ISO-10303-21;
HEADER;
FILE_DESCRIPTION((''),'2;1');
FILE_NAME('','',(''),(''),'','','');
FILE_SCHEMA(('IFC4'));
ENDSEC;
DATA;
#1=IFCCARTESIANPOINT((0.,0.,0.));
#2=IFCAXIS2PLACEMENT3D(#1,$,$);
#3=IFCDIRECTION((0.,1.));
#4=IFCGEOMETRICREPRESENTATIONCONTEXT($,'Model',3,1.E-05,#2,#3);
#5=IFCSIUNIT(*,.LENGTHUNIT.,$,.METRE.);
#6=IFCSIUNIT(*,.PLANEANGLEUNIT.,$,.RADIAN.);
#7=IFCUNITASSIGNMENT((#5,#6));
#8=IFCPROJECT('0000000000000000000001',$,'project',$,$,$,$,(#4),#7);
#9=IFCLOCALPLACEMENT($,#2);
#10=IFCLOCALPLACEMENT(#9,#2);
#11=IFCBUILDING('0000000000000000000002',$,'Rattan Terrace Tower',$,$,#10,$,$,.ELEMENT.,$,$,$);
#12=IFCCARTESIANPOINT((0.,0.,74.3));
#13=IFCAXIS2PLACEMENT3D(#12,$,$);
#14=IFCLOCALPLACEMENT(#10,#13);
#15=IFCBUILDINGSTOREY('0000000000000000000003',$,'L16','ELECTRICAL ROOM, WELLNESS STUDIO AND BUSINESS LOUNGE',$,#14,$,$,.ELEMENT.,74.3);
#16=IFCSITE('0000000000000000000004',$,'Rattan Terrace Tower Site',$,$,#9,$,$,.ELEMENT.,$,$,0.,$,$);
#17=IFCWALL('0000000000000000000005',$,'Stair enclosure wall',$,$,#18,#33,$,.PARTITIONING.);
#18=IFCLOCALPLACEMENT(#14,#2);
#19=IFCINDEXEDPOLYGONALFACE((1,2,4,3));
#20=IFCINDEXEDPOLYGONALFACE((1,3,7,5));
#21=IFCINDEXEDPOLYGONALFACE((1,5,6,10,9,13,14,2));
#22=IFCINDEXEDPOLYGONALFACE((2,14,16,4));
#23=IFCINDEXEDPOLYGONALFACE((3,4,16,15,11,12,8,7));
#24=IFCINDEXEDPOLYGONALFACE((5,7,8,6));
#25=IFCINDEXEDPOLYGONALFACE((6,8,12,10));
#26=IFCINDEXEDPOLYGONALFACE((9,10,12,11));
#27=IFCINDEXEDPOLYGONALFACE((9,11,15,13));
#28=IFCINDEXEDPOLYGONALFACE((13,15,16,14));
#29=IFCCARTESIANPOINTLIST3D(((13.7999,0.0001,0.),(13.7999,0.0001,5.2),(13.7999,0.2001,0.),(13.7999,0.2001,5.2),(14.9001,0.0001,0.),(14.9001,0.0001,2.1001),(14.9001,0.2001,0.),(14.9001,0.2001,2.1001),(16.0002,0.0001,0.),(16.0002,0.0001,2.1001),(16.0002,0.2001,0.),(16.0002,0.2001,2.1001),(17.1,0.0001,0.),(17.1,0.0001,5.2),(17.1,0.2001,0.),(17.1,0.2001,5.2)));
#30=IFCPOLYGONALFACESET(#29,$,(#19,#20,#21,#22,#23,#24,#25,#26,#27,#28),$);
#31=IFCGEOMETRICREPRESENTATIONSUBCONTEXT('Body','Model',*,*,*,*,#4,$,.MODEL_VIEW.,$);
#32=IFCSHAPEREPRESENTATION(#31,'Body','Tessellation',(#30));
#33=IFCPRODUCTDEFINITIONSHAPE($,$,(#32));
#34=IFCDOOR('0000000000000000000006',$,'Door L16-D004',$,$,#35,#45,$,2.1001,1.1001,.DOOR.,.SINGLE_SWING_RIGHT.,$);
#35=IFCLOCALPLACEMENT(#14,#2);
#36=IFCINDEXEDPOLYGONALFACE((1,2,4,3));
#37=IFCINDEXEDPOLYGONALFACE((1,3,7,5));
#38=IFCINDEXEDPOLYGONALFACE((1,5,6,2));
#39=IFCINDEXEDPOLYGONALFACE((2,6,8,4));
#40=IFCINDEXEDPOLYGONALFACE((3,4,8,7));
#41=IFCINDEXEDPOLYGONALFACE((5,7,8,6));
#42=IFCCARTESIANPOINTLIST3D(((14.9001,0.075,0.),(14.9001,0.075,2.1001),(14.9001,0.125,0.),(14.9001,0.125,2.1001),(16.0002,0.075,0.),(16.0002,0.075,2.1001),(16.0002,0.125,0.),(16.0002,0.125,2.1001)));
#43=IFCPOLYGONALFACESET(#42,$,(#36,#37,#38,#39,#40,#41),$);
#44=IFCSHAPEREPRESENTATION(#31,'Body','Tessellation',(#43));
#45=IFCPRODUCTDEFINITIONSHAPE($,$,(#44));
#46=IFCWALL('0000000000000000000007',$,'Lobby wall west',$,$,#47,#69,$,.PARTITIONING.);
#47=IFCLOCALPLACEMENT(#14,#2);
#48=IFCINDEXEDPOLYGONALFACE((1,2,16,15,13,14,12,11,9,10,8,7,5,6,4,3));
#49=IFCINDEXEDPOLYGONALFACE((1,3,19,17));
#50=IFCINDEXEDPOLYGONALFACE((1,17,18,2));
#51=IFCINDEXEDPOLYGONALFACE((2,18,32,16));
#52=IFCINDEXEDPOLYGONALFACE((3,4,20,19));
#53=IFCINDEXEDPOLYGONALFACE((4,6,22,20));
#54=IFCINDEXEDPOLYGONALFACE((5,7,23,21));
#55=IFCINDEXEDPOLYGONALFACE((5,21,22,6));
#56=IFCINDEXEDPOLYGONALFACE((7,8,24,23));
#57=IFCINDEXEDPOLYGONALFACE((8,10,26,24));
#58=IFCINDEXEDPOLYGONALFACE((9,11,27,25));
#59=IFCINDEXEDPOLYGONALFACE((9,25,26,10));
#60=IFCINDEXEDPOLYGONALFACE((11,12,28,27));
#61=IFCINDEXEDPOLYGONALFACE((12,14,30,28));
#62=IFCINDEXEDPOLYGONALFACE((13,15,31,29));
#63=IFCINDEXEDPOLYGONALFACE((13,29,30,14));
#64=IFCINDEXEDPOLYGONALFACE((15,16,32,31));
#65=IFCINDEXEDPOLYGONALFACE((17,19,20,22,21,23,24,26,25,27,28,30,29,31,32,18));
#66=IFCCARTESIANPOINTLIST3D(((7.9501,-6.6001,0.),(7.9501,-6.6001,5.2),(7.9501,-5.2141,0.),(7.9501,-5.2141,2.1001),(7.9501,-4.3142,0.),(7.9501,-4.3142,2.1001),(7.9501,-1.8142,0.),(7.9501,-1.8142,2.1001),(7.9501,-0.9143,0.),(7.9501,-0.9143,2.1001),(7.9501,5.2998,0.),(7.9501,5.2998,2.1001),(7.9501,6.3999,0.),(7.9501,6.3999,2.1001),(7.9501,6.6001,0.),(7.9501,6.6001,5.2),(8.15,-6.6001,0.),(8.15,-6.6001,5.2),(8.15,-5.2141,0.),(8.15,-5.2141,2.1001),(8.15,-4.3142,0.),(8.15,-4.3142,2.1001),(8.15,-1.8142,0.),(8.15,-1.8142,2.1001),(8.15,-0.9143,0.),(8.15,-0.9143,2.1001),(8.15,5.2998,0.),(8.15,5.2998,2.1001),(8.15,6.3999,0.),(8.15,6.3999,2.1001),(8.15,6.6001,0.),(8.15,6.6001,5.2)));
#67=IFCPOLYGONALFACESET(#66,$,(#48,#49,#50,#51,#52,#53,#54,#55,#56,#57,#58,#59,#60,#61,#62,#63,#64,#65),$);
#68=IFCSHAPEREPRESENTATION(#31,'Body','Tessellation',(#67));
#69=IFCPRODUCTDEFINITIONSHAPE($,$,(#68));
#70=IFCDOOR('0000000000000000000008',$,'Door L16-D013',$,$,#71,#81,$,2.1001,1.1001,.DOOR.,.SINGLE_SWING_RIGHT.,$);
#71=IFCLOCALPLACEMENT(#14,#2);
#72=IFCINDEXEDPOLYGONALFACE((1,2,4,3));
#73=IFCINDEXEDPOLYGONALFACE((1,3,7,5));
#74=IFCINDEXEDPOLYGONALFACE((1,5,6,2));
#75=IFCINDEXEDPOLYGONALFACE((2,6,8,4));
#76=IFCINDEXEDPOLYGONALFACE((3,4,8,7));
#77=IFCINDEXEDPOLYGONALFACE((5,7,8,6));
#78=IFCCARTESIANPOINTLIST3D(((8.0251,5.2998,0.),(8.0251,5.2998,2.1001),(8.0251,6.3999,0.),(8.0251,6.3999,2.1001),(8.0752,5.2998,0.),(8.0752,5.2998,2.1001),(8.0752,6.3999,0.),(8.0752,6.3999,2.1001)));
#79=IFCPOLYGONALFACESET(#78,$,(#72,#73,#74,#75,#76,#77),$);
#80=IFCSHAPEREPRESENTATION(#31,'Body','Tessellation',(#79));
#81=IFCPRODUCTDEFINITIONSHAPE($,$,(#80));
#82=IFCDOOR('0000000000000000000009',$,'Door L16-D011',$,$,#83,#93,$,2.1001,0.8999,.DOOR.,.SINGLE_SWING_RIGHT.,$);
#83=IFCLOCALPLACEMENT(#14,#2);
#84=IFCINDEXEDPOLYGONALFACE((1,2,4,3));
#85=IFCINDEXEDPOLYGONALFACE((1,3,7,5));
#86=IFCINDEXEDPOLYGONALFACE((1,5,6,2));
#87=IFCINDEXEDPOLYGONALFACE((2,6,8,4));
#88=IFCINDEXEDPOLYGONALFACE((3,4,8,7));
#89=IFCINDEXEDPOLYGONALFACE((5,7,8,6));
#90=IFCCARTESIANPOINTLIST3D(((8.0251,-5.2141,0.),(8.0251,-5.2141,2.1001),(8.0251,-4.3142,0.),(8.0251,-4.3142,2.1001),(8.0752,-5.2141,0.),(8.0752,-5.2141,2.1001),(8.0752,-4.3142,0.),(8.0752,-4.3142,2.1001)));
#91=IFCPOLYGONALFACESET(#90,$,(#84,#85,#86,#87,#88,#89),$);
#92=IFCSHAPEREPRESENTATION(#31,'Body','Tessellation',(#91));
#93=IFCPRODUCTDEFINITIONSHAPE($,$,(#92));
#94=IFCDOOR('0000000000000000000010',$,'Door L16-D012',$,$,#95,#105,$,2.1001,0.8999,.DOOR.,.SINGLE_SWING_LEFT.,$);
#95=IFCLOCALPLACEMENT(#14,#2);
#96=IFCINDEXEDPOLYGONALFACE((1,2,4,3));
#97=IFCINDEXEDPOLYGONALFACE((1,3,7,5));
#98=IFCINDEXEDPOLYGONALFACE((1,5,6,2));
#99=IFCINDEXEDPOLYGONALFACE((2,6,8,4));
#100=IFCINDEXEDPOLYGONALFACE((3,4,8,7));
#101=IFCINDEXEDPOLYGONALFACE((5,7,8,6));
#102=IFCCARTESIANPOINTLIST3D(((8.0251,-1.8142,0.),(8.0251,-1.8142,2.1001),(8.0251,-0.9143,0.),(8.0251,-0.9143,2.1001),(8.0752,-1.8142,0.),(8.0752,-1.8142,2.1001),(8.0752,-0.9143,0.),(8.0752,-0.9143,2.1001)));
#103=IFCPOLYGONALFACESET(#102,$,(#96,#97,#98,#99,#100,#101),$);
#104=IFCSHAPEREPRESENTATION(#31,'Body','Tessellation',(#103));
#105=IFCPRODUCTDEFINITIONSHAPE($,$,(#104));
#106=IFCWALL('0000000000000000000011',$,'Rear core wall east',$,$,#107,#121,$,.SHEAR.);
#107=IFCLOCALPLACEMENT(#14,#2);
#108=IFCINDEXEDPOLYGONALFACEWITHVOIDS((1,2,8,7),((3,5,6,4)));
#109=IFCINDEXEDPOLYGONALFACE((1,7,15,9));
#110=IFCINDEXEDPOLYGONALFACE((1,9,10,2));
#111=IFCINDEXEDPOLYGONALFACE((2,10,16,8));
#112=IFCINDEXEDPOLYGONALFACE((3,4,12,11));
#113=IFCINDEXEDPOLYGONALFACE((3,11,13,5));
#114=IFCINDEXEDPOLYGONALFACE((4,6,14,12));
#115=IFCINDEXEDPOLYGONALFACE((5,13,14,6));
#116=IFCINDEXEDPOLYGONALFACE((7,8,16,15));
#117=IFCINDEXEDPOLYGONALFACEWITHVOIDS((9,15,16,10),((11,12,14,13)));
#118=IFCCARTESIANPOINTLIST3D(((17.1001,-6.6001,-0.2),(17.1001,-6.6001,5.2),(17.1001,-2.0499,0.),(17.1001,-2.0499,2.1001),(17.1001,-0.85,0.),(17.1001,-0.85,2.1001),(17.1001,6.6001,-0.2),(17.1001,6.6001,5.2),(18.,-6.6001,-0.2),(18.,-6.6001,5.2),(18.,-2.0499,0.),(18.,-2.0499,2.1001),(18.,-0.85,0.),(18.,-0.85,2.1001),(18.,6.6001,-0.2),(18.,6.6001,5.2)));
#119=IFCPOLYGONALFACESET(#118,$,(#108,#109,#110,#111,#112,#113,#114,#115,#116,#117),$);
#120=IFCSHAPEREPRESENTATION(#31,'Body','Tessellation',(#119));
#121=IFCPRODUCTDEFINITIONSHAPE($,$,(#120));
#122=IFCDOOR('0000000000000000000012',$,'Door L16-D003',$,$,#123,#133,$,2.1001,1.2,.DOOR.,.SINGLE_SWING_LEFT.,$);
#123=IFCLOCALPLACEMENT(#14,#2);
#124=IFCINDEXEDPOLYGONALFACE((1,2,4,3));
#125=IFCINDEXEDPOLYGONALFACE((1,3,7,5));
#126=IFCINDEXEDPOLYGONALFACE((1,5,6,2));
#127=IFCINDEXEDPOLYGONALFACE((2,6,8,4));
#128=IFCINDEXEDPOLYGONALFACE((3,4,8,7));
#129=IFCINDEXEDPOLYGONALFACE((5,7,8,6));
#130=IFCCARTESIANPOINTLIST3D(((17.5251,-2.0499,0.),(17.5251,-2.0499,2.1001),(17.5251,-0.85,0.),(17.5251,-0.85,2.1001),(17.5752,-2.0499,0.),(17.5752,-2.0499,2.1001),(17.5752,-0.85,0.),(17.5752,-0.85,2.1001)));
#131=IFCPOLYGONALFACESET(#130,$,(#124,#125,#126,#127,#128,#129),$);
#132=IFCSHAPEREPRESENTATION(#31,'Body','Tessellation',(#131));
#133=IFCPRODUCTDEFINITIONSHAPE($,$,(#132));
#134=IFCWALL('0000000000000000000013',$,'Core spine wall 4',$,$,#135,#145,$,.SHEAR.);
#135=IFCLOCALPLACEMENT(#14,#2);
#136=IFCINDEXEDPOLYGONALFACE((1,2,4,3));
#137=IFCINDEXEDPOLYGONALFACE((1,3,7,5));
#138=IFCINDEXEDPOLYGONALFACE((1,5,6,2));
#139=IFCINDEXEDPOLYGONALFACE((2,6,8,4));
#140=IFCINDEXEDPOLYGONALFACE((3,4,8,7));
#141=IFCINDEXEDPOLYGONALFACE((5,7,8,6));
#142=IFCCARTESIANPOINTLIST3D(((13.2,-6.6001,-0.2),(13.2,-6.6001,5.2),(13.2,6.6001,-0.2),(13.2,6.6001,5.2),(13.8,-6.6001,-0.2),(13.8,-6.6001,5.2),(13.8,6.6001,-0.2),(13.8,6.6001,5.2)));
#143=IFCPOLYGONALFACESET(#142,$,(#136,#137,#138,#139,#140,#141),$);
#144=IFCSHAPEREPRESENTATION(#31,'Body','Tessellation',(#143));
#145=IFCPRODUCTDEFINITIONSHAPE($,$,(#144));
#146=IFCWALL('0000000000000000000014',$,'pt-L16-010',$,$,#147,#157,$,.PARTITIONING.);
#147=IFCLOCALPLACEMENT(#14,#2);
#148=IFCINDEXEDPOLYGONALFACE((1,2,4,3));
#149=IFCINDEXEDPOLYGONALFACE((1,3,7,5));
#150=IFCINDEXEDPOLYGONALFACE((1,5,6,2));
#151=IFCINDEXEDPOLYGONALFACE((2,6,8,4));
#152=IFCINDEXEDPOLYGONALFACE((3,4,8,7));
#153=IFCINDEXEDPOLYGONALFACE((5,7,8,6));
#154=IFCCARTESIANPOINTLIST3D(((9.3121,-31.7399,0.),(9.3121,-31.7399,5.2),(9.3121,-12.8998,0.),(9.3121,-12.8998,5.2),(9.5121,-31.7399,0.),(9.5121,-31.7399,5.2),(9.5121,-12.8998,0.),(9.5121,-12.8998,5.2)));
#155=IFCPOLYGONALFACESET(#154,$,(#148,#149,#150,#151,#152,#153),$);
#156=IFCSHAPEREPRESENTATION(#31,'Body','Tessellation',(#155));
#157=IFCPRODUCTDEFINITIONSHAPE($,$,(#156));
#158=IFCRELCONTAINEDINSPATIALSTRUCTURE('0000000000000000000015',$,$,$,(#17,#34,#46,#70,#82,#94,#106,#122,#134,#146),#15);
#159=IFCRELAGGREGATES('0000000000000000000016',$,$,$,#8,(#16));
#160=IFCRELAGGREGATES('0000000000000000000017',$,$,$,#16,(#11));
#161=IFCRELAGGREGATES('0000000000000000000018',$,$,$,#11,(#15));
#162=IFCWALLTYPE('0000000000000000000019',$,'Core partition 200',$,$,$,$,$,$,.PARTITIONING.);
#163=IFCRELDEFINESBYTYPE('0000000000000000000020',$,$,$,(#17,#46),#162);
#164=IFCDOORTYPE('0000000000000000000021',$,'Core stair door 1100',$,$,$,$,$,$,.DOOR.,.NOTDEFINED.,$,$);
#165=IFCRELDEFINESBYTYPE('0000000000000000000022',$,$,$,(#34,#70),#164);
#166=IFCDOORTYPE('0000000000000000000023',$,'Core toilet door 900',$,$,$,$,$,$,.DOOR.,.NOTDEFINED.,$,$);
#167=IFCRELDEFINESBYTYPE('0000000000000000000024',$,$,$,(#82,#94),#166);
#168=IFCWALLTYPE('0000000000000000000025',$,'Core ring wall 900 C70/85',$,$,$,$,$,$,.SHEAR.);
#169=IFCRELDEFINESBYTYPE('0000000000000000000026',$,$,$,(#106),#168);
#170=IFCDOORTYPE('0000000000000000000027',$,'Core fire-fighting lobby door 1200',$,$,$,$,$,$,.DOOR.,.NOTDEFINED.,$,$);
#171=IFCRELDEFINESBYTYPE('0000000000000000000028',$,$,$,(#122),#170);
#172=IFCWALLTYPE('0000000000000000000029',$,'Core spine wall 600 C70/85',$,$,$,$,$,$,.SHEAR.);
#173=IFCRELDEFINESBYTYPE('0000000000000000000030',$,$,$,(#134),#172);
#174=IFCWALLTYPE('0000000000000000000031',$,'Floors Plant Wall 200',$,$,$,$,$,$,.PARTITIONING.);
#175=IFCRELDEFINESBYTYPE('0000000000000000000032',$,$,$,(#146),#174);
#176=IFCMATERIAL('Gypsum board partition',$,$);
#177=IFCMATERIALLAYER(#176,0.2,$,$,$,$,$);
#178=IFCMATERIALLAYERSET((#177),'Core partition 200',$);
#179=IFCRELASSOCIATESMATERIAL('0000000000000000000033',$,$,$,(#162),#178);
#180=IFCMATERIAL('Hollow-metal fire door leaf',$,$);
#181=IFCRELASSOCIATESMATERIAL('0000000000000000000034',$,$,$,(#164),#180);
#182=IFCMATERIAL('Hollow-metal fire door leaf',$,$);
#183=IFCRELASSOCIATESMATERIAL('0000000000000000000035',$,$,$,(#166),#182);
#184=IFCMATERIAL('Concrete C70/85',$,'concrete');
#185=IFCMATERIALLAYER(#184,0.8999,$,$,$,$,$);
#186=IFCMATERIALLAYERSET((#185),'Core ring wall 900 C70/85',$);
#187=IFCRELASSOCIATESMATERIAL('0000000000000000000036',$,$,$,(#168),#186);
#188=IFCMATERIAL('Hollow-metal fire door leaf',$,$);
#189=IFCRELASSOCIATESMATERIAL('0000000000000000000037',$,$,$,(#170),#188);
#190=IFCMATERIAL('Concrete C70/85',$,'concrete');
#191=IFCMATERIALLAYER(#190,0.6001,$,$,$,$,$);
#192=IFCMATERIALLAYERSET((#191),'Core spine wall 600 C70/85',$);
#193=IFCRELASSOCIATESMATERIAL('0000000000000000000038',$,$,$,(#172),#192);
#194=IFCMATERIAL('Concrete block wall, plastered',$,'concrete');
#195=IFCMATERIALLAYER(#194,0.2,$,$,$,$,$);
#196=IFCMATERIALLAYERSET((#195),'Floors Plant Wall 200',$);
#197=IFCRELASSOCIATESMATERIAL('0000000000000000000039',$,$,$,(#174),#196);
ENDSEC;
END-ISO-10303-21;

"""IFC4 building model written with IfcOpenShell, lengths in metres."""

from ifc_helpers import new_model, si_unit, direction, frame, frame_2d, origin, place, context, subcontext, project, spatial, rectangle, extrude, material, layer, layer_set, type_object, element, fill, save


model = new_model("IFC4")

# Units and contexts
model_context = context("Model", 3, precision=1e-05, world=origin(), true_north=direction((0.0, 1.0)))
body_context = subcontext(model_context, "Body", "Model", "MODEL_VIEW")
ifc_project = project(units=[si_unit("LENGTHUNIT", "METRE"), si_unit("PLANEANGLEUNIT", "RADIAN")], contexts=[model_context])

# Site, building, storey
site_placement = place(None, origin())
site = spatial("IfcSite", under=ifc_project, at=site_placement, Name="Rattan Terrace Tower Site", CompositionType="ELEMENT", RefElevation=0.0)
building_placement = place(site_placement, origin())
building = spatial("IfcBuilding", under=site, at=building_placement, Name="Rattan Terrace Tower", CompositionType="ELEMENT")
storey_placement = place(building_placement, frame((0.0, 0.0, 74.3)))
storey = spatial("IfcBuildingStorey", under=building, at=storey_placement, Name="L16", Description="ELECTRICAL ROOM, WELLNESS STUDIO AND BUSINESS LOUNGE", CompositionType="ELEMENT", Elevation=74.3)

# Wall, opening, door
ifc_material_1 = material(Name="Gypsum board partition")
ifc_layer_1 = layer(ifc_material_1, 0.2)
ifc_layer_set_1 = layer_set([ifc_layer_1], Name="Core partition 200")
wall_type_1 = type_object("IfcWallType", Name="Core partition 200", PredefinedType="PARTITIONING", material=ifc_layer_set_1)
wall_1_placement = place(storey_placement, frame((13.8, 0.1001, 0.0), z_axis=(0.0, 0.0, 1.0), x_axis=(1.0, 0.0, 0.0)))
wall_1 = element("IfcWall", 1, at=wall_1_placement, inside=storey, type_object=wall_type_1, Name="Stair enclosure wall", PredefinedType="PARTITIONING", context=body_context, shape_type="SweptSolid", body=[
    extrude(rectangle(XDim=3.3, YDim=0.2, at=frame_2d((1.6499, 0.0))), origin(), (0.0, 0.0, 1.0), 5.2),
])
opening_1_placement = place(wall_1_placement, frame((1.1001, 0.0, 0.0)))
opening_1 = element("IfcOpeningElement", 2, at=opening_1_placement, cuts=wall_1, PredefinedType="OPENING", context=body_context, shape_type="SweptSolid", body=[
    extrude(rectangle(XDim=1.1001, YDim=2.1001, at=frame_2d((0.55, 1.05))), frame((0.0, 0.1106, 0.0), z_axis=(0.0, -1.0, 0.0), x_axis=(1.0, 0.0, 0.0)), (0.0, 0.0, 1.0), 0.2209),
])
ifc_material_2 = material(Name="Hollow-metal fire door leaf")
door_type_1 = type_object("IfcDoorType", Name="Core stair door 1100", OperationType="NOTDEFINED", PredefinedType="DOOR", material=ifc_material_2)
door_1_placement = place(opening_1_placement, origin())
door_1 = element("IfcDoor", 3, at=door_1_placement, inside=storey, type_object=door_type_1, Name="Door L16-D004", OperationType="SINGLE_SWING_RIGHT", OverallHeight=2.1001, OverallWidth=1.1001, PredefinedType="DOOR", context=body_context, shape_type="SweptSolid", body=[
    extrude(rectangle(XDim=1.1001, YDim=2.1001, at=frame_2d((0.55, 1.05))), frame((0.0, 0.0249, 0.0), z_axis=(0.0, -1.0, 0.0), x_axis=(1.0, 0.0, 0.0)), (0.0, 0.0, 1.0), 0.05),
])
fill(opening_1, door_1)

# Wall, openings, doors
wall_2_placement = place(storey_placement, frame((8.05, -6.6001, 0.0), z_axis=(0.0, 0.0, 1.0), x_axis=(0.0, 1.0, 0.0)))
wall_2 = element("IfcWall", 4, at=wall_2_placement, inside=storey, type_object=wall_type_1, Name="Lobby wall west", PredefinedType="PARTITIONING", context=body_context, shape_type="SweptSolid", body=[
    extrude(rectangle(XDim=13.2002, YDim=0.2, at=frame_2d((6.6001, 0.0))), origin(), (0.0, 0.0, 1.0), 5.2),
])
opening_2_placement = place(wall_2_placement, frame((1.386, 0.0, 0.0)))
opening_2 = element("IfcOpeningElement", 5, at=opening_2_placement, cuts=wall_2, PredefinedType="OPENING", context=body_context, shape_type="SweptSolid", body=[
    extrude(rectangle(XDim=0.8999, YDim=2.1001, at=frame_2d((0.45, 1.05))), frame((0.0, 0.1106, 0.0), z_axis=(0.0, -1.0, 0.0), x_axis=(1.0, 0.0, 0.0)), (0.0, 0.0, 1.0), 0.2209),
])
opening_3_placement = place(wall_2_placement, frame((4.7859, 0.0, 0.0)))
opening_3 = element("IfcOpeningElement", 6, at=opening_3_placement, cuts=wall_2, PredefinedType="OPENING", context=body_context, shape_type="SweptSolid", body=[
    extrude(rectangle(XDim=0.8999, YDim=2.1001, at=frame_2d((0.45, 1.05))), frame((0.0, 0.1106, 0.0), z_axis=(0.0, -1.0, 0.0), x_axis=(1.0, 0.0, 0.0)), (0.0, 0.0, 1.0), 0.2209),
])
opening_4_placement = place(wall_2_placement, frame((11.8999, 0.0, 0.0)))
opening_4 = element("IfcOpeningElement", 7, at=opening_4_placement, cuts=wall_2, PredefinedType="OPENING", context=body_context, shape_type="SweptSolid", body=[
    extrude(rectangle(XDim=1.1001, YDim=2.1001, at=frame_2d((0.55, 1.05))), frame((0.0, 0.1106, 0.0), z_axis=(0.0, -1.0, 0.0), x_axis=(1.0, 0.0, 0.0)), (0.0, 0.0, 1.0), 0.2209),
])
door_2_placement = place(opening_4_placement, origin())
door_2 = element("IfcDoor", 8, at=door_2_placement, inside=storey, type_object=door_type_1, Name="Door L16-D013", OperationType="SINGLE_SWING_RIGHT", OverallHeight=2.1001, OverallWidth=1.1001, PredefinedType="DOOR", context=body_context, shape_type="SweptSolid", body=[
    extrude(rectangle(XDim=1.1001, YDim=2.1001, at=frame_2d((0.55, 1.05))), frame((0.0, 0.0249, 0.0), z_axis=(0.0, -1.0, 0.0), x_axis=(1.0, 0.0, 0.0)), (0.0, 0.0, 1.0), 0.05),
])
fill(opening_4, door_2)
ifc_material_3 = material(Name="Hollow-metal fire door leaf")
door_type_2 = type_object("IfcDoorType", Name="Core toilet door 900", OperationType="NOTDEFINED", PredefinedType="DOOR", material=ifc_material_3)
door_3_placement = place(opening_2_placement, origin())
door_3 = element("IfcDoor", 9, at=door_3_placement, inside=storey, type_object=door_type_2, Name="Door L16-D011", OperationType="SINGLE_SWING_RIGHT", OverallHeight=2.1001, OverallWidth=0.8999, PredefinedType="DOOR", context=body_context, shape_type="SweptSolid", body=[
    extrude(rectangle(XDim=0.8999, YDim=2.1001, at=frame_2d((0.45, 1.05))), frame((0.0, 0.0249, 0.0), z_axis=(0.0, -1.0, 0.0), x_axis=(1.0, 0.0, 0.0)), (0.0, 0.0, 1.0), 0.05),
])
fill(opening_2, door_3)
door_4_placement = place(opening_3_placement, origin())
door_4 = element("IfcDoor", 10, at=door_4_placement, inside=storey, type_object=door_type_2, Name="Door L16-D012", OperationType="SINGLE_SWING_LEFT", OverallHeight=2.1001, OverallWidth=0.8999, PredefinedType="DOOR", context=body_context, shape_type="SweptSolid", body=[
    extrude(rectangle(XDim=0.8999, YDim=2.1001, at=frame_2d((0.45, 1.05))), frame((0.0, 0.0249, 0.0), z_axis=(0.0, -1.0, 0.0), x_axis=(1.0, 0.0, 0.0)), (0.0, 0.0, 1.0), 0.05),
])
fill(opening_3, door_4)

# Wall, opening, door
ifc_material_4 = material(Name="Concrete C70/85", Category="concrete")
ifc_layer_2 = layer(ifc_material_4, 0.8999)
ifc_layer_set_2 = layer_set([ifc_layer_2], Name="Core ring wall 900 C70/85")
wall_type_2 = type_object("IfcWallType", Name="Core ring wall 900 C70/85", PredefinedType="SHEAR", material=ifc_layer_set_2)
wall_3_placement = place(storey_placement, frame((17.55, -6.6001, -0.2), z_axis=(0.0, 0.0, 1.0), x_axis=(0.0, 1.0, 0.0)))
wall_3 = element("IfcWall", 11, at=wall_3_placement, inside=storey, type_object=wall_type_2, Name="Rear core wall east", PredefinedType="SHEAR", context=body_context, shape_type="SweptSolid", body=[
    extrude(rectangle(XDim=13.2002, YDim=0.8999, at=frame_2d((6.6001, 0.0))), origin(), (0.0, 0.0, 1.0), 5.3999),
])
opening_5_placement = place(wall_3_placement, frame((4.55, 0.0, 0.2)))
opening_5 = element("IfcOpeningElement", 12, at=opening_5_placement, cuts=wall_3, PredefinedType="OPENING", context=body_context, shape_type="SweptSolid", body=[
    extrude(rectangle(XDim=1.2, YDim=2.1001, at=frame_2d((0.6001, 1.05))), frame((0.0, 0.4604, 0.0), z_axis=(0.0, -1.0, 0.0), x_axis=(1.0, 0.0, 0.0)), (0.0, 0.0, 1.0), 0.9209),
])
ifc_material_5 = material(Name="Hollow-metal fire door leaf")
door_type_3 = type_object("IfcDoorType", Name="Core fire-fighting lobby door 1200", OperationType="NOTDEFINED", PredefinedType="DOOR", material=ifc_material_5)
door_5_placement = place(opening_5_placement, origin())
door_5 = element("IfcDoor", 13, at=door_5_placement, inside=storey, type_object=door_type_3, Name="Door L16-D003", OperationType="SINGLE_SWING_LEFT", OverallHeight=2.1001, OverallWidth=1.2, PredefinedType="DOOR", context=body_context, shape_type="SweptSolid", body=[
    extrude(rectangle(XDim=1.2, YDim=2.1001, at=frame_2d((0.6001, 1.05))), frame((0.0, 0.0249, 0.0), z_axis=(0.0, -1.0, 0.0), x_axis=(1.0, 0.0, 0.0)), (0.0, 0.0, 1.0), 0.05),
])
fill(opening_5, door_5)

# Walls
ifc_material_6 = material(Name="Concrete C70/85", Category="concrete")
ifc_layer_3 = layer(ifc_material_6, 0.6001)
ifc_layer_set_3 = layer_set([ifc_layer_3], Name="Core spine wall 600 C70/85")
wall_type_3 = type_object("IfcWallType", Name="Core spine wall 600 C70/85", PredefinedType="SHEAR", material=ifc_layer_set_3)
wall_4_placement = place(storey_placement, frame((13.5, -6.6001, -0.2), z_axis=(0.0, 0.0, 1.0), x_axis=(0.0, 1.0, 0.0)))
element("IfcWall", 14, at=wall_4_placement, inside=storey, type_object=wall_type_3, Name="Core spine wall 4", PredefinedType="SHEAR", context=body_context, shape_type="SweptSolid", body=[
    extrude(rectangle(XDim=13.2002, YDim=0.6001, at=frame_2d((6.6001, 0.0))), origin(), (0.0, 0.0, 1.0), 5.3999),
])
ifc_material_7 = material(Name="Concrete block wall, plastered", Category="concrete")
ifc_layer_4 = layer(ifc_material_7, 0.2)
ifc_layer_set_4 = layer_set([ifc_layer_4], Name="Floors Plant Wall 200")
wall_type_4 = type_object("IfcWallType", Name="Floors Plant Wall 200", PredefinedType="PARTITIONING", material=ifc_layer_set_4)
wall_5_placement = place(storey_placement, frame((9.4121, -12.8999, 0.0), z_axis=(0.0, 0.0, 1.0), x_axis=(0.0, -1.0, 0.0)))
element("IfcWall", 15, at=wall_5_placement, inside=storey, type_object=wall_type_4, Name="pt-L16-010", PredefinedType="PARTITIONING", context=body_context, shape_type="SweptSolid", body=[
    extrude(rectangle(XDim=18.8401, YDim=0.2, at=frame_2d((9.4199, 0.0))), origin(), (0.0, 0.0, 1.0), 5.2),
])

save(model, "model.ifc")
